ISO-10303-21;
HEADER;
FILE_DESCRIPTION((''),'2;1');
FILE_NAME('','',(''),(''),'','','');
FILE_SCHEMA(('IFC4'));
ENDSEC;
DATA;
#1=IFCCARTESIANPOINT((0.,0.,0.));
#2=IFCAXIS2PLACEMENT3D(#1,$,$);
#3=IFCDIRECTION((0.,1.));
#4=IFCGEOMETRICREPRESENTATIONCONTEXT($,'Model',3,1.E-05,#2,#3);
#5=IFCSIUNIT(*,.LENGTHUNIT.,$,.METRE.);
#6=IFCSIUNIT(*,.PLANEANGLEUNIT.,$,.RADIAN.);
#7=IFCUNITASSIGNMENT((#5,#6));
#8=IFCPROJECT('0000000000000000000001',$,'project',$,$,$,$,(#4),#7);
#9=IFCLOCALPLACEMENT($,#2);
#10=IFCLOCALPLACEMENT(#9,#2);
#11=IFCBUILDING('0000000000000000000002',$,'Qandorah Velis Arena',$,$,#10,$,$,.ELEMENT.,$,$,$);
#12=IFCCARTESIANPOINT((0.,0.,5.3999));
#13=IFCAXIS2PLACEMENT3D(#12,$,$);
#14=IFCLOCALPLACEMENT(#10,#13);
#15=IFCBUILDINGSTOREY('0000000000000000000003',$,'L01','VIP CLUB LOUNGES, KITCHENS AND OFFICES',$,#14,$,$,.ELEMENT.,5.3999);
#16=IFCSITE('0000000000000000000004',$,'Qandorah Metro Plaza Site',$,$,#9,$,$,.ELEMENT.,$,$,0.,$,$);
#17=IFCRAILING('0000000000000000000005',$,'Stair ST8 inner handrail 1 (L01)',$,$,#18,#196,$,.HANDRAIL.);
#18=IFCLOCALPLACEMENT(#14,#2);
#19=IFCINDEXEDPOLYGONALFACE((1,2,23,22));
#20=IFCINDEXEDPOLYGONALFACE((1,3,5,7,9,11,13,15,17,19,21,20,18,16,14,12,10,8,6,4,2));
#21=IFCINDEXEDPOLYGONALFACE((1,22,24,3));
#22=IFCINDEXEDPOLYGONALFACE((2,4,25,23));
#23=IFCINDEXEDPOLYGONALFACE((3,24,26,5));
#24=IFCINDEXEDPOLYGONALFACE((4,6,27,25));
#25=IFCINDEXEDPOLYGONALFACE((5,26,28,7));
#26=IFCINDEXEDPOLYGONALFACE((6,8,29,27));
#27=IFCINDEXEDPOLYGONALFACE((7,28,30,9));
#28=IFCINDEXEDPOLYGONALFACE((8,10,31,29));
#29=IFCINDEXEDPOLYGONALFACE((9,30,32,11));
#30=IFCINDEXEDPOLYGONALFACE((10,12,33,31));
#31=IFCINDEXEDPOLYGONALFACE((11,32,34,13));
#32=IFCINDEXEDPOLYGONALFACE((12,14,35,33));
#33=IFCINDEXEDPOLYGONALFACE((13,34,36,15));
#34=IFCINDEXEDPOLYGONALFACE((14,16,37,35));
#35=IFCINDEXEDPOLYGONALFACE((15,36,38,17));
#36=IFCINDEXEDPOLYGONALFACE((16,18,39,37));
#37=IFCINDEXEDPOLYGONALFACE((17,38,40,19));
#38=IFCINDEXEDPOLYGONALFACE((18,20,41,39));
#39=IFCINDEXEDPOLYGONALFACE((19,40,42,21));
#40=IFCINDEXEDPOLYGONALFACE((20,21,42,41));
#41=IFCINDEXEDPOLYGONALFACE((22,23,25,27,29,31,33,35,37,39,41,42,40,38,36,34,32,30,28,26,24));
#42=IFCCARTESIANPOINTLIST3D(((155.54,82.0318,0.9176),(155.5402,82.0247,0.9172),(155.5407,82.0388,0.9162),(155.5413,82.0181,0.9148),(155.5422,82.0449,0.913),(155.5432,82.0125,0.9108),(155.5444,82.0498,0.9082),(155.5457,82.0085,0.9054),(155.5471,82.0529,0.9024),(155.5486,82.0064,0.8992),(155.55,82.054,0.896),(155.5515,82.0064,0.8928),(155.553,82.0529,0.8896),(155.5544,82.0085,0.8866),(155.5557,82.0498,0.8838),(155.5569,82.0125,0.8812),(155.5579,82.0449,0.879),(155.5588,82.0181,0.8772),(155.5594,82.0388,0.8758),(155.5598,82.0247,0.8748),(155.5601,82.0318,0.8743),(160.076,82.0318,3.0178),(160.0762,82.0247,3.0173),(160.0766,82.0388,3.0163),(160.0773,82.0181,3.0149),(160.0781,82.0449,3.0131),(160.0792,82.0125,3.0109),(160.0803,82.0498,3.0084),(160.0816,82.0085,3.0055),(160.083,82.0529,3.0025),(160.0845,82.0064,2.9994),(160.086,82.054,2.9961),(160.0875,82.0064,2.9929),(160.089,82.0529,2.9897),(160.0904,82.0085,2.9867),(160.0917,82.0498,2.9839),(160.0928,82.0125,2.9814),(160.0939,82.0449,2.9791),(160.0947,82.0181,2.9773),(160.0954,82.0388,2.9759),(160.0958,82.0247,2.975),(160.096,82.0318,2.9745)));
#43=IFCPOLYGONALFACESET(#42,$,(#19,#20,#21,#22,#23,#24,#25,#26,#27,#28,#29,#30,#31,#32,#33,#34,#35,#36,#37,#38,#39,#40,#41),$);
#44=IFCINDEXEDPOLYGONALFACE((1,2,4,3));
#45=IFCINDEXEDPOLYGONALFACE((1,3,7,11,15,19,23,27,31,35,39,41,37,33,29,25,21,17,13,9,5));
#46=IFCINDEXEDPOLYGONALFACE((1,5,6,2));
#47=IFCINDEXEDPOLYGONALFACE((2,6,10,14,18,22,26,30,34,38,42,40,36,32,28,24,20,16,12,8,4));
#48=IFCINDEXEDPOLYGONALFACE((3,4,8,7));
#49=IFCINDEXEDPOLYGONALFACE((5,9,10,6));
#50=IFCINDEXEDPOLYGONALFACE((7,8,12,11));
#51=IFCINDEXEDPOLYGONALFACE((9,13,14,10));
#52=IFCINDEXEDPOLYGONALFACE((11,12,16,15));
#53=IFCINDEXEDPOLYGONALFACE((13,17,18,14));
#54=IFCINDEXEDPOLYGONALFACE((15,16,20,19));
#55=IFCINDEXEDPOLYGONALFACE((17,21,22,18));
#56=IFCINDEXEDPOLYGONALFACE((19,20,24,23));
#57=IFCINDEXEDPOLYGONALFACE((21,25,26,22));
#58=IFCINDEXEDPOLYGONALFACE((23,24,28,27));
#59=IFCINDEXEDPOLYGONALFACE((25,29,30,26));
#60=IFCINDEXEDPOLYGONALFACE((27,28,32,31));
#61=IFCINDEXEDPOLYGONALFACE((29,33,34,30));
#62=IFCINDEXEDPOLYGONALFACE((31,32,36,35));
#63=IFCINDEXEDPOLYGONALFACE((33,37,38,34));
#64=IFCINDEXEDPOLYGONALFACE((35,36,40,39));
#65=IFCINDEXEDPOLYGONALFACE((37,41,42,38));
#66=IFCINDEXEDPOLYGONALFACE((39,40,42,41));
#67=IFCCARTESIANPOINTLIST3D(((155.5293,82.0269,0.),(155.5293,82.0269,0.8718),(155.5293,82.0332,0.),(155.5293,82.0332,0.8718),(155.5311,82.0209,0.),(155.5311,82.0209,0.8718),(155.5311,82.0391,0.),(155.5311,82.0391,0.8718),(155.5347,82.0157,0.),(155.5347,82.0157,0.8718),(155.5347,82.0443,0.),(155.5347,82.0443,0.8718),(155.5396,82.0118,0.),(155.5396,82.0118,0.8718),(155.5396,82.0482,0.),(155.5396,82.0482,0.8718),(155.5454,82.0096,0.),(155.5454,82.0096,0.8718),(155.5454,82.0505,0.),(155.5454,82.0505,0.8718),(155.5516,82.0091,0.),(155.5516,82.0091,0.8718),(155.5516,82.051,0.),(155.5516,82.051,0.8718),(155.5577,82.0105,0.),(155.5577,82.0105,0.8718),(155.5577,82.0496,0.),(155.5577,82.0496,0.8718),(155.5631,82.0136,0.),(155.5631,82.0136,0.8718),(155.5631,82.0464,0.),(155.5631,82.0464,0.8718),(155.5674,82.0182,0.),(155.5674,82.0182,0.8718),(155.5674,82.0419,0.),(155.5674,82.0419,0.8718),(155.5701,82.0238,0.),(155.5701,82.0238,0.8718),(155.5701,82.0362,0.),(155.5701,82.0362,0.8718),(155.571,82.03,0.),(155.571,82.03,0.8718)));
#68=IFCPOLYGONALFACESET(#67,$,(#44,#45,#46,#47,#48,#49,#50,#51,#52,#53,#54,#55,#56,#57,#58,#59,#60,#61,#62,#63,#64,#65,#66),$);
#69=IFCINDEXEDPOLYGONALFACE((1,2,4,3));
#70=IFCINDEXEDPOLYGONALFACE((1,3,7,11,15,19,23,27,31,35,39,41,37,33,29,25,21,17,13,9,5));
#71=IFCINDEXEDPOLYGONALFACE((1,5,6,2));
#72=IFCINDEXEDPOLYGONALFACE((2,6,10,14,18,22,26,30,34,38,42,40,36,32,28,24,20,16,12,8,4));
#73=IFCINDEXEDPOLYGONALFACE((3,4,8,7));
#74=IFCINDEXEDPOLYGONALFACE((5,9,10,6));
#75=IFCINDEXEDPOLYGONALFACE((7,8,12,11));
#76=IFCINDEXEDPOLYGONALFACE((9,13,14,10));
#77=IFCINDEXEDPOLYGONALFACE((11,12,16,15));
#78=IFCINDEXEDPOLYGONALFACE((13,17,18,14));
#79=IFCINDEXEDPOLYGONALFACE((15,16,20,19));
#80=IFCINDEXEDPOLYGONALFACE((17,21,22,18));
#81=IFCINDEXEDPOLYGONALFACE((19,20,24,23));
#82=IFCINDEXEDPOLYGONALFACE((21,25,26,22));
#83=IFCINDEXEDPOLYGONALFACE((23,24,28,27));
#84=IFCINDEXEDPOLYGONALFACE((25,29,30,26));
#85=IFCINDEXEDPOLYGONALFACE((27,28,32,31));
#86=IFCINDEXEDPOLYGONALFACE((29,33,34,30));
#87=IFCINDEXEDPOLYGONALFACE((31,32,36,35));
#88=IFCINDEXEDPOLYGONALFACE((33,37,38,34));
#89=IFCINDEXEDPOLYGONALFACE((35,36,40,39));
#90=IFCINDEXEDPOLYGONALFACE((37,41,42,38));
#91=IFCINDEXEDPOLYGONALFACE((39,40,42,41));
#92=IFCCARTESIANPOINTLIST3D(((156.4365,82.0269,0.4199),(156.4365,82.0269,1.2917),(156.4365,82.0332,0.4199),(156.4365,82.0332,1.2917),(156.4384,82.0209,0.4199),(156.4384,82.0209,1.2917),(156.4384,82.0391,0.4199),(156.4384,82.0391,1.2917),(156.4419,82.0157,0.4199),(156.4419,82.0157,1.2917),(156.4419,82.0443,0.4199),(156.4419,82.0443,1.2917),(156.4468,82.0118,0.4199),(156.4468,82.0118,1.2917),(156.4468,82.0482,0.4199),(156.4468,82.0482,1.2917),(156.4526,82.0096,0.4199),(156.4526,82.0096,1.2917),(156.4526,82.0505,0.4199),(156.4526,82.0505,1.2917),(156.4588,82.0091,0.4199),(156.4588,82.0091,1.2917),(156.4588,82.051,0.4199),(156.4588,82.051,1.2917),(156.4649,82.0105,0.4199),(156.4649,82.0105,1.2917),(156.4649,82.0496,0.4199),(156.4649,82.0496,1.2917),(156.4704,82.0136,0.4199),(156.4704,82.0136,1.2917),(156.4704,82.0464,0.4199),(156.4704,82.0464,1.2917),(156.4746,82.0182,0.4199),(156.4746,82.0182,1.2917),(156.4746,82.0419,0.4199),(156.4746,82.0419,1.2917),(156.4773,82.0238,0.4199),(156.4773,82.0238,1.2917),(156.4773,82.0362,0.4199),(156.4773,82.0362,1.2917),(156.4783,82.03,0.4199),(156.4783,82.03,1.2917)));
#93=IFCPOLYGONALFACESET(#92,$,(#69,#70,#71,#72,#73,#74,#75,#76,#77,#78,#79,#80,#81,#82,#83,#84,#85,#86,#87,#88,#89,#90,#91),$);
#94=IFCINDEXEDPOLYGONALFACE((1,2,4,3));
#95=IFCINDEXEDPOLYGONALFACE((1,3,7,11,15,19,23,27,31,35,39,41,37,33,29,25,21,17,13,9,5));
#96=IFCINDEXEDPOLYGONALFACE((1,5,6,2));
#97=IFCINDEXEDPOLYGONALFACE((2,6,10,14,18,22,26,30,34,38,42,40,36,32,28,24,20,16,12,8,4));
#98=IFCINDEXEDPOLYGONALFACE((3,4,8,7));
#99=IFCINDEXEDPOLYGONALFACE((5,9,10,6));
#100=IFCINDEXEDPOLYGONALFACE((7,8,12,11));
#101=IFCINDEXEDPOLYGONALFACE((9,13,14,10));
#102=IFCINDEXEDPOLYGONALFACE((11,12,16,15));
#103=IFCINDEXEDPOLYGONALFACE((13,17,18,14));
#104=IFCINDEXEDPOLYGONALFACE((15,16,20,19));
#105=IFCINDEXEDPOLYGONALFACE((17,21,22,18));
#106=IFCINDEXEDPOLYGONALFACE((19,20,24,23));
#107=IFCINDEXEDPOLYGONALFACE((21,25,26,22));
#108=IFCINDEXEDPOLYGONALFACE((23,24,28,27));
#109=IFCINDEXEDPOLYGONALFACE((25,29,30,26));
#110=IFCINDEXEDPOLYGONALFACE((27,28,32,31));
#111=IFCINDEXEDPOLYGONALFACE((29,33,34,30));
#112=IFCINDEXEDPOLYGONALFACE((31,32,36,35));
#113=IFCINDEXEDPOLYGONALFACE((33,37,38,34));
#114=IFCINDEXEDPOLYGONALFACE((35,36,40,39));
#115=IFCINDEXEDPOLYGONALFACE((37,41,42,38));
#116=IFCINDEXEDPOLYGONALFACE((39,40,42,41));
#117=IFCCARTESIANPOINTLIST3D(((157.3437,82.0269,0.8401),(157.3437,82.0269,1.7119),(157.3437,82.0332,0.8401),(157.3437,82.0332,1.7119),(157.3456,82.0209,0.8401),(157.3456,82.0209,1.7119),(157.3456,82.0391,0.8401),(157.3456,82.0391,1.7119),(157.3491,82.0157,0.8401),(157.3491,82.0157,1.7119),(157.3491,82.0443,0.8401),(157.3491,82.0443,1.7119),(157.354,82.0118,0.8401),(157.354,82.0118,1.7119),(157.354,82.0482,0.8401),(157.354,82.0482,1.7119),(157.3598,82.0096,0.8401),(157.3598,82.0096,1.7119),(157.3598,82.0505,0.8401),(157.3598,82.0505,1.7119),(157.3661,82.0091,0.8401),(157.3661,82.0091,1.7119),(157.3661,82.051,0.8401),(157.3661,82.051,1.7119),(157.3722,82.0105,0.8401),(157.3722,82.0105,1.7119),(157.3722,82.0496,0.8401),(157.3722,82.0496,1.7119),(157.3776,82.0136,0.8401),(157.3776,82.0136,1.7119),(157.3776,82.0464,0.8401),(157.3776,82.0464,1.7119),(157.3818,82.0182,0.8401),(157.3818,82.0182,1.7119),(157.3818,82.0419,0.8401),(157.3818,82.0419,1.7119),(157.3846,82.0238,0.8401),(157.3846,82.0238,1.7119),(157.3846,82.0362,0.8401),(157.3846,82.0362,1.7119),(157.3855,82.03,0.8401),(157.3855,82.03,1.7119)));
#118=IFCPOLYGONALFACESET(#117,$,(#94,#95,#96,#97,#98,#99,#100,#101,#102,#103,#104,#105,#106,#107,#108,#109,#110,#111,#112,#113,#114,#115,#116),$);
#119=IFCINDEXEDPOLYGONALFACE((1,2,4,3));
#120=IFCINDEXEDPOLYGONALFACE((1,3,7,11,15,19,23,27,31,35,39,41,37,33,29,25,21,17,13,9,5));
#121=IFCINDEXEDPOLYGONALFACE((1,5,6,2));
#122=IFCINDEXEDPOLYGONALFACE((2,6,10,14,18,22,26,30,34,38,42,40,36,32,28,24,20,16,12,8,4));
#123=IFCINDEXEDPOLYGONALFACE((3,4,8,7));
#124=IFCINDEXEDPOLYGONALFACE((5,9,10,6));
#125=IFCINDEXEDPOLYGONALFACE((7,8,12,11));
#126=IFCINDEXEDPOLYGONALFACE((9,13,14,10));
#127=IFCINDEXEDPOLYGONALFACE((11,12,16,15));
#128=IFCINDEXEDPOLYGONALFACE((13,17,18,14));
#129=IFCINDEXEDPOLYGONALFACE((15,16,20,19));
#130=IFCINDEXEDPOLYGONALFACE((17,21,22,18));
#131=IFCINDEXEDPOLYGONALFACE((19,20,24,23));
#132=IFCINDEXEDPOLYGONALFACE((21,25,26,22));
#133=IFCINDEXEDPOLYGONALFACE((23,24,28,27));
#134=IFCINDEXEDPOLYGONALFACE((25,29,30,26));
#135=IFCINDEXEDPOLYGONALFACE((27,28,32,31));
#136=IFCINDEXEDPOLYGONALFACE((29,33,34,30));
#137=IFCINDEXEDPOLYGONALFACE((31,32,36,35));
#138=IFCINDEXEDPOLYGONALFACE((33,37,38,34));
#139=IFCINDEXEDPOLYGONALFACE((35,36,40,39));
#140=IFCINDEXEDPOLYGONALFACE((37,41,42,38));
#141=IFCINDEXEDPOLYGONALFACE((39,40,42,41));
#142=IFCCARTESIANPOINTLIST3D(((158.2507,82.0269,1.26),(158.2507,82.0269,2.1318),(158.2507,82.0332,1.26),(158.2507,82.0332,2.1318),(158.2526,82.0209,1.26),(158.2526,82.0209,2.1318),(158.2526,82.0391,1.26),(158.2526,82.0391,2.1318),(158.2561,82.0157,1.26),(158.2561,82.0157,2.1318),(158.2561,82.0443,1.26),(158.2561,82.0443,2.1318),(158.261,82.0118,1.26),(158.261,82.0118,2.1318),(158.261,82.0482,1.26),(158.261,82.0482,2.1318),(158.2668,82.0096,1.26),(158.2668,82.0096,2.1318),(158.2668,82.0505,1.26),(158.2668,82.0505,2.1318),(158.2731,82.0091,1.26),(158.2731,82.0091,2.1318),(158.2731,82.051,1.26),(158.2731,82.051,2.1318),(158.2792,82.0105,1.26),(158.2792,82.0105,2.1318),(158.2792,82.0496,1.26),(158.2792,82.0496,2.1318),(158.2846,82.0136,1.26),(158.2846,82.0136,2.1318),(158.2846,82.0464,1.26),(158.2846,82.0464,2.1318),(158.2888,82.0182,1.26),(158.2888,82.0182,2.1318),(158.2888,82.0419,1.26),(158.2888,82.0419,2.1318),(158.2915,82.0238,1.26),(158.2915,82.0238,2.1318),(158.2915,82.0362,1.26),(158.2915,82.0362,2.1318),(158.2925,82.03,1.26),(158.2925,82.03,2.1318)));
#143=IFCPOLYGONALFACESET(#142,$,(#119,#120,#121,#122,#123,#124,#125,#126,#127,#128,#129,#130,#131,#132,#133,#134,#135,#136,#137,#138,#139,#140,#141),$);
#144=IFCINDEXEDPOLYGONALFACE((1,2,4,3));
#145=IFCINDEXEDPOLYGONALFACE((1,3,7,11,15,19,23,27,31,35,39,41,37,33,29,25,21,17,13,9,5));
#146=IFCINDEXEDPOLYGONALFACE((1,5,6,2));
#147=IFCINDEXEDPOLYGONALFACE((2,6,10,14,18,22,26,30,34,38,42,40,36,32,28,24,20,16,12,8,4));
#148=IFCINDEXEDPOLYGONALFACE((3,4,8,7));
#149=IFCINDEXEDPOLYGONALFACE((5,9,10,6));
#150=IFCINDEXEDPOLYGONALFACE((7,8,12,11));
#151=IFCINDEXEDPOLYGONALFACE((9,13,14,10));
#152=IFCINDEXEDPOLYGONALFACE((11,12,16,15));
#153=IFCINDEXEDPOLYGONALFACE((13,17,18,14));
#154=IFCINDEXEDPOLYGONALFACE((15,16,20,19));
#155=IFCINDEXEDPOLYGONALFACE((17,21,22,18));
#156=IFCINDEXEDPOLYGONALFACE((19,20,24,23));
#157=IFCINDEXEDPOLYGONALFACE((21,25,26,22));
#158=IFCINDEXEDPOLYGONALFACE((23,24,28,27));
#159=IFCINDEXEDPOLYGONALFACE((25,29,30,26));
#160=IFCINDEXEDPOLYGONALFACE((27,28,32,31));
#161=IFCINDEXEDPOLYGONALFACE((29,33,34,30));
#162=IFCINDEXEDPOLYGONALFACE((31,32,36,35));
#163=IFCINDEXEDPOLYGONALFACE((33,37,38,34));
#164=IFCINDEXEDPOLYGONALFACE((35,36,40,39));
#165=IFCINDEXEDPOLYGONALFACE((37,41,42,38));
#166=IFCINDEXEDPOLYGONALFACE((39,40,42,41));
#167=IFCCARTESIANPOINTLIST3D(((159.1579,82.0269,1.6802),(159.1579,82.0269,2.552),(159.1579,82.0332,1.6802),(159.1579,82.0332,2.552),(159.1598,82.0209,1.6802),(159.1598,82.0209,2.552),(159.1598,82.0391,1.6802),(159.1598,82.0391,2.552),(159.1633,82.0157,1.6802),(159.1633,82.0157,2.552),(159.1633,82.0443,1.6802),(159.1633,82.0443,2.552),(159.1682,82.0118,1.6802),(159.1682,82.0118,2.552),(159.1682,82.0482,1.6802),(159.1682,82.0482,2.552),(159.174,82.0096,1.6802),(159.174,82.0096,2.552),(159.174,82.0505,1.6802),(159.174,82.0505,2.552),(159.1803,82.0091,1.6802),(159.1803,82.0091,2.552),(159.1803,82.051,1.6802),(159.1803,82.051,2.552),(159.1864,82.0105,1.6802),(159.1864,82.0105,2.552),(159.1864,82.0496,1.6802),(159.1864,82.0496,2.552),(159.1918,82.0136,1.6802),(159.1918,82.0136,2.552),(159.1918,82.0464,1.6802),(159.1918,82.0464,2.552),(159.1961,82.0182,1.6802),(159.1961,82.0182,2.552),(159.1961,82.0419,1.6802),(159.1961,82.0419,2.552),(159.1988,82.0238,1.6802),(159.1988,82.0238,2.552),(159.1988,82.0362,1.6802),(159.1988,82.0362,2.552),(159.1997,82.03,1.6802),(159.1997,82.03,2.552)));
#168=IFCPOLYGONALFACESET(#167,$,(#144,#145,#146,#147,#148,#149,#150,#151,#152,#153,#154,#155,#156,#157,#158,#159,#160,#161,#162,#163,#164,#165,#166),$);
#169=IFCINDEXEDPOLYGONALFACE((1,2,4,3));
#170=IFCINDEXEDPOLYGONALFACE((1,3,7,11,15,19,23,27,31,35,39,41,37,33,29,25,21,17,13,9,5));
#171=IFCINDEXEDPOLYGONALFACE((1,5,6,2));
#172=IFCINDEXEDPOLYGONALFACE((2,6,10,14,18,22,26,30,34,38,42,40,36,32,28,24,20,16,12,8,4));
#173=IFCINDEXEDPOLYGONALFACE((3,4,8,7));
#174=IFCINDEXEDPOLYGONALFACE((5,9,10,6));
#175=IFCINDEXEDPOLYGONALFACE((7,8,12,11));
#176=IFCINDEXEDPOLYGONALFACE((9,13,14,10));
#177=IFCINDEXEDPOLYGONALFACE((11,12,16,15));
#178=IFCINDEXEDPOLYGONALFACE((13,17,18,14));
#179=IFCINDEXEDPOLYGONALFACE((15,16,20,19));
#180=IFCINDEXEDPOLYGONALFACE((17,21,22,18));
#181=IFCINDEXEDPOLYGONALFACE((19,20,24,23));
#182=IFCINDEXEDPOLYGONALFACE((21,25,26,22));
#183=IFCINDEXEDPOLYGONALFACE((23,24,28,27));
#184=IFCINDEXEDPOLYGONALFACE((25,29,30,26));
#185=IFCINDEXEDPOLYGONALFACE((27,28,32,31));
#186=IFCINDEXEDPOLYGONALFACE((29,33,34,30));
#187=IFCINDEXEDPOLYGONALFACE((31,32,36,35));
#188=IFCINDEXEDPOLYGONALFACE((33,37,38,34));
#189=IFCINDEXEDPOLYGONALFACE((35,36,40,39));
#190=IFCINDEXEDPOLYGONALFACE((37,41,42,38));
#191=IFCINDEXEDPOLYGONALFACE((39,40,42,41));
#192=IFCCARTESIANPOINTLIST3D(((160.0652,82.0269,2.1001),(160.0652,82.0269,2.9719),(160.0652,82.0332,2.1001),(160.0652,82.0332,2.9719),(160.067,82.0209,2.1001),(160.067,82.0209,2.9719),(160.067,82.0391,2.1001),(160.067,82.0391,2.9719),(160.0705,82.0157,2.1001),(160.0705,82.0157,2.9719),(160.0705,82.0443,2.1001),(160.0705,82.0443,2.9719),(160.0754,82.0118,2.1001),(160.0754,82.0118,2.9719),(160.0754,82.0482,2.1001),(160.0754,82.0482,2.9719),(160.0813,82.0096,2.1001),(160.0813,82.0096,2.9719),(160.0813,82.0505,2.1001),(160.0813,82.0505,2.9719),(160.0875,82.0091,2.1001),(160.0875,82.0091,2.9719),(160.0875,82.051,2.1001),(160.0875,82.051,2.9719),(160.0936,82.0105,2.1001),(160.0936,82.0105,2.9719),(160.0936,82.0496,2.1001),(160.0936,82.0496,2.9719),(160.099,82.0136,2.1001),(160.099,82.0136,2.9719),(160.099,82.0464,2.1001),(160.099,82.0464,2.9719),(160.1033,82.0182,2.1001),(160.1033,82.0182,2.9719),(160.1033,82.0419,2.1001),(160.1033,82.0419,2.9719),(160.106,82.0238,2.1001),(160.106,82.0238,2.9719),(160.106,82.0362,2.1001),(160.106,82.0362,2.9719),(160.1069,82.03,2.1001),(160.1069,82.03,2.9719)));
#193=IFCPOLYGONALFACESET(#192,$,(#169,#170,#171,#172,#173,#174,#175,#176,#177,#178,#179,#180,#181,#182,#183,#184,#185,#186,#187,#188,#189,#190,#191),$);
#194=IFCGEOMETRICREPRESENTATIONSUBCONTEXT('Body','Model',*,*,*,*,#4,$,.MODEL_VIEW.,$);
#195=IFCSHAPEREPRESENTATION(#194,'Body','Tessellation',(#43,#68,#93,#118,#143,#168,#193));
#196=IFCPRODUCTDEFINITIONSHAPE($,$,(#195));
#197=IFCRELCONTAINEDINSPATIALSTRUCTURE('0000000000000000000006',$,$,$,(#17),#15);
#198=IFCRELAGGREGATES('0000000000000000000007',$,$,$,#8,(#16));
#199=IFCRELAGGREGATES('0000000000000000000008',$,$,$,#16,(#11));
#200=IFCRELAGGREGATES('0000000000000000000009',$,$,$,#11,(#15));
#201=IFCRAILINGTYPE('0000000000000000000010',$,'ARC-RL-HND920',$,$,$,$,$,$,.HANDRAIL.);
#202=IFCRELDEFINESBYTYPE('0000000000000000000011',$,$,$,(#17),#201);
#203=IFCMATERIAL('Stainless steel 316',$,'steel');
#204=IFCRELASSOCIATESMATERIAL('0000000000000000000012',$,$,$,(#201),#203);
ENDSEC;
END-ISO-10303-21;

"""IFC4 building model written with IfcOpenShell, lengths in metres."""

from ifc_helpers import new_model, si_unit, direction, frame, origin, origin_2d, place, context, subcontext, project, spatial, circle, extrude, material, type_object, element, save


model = new_model("IFC4")

# Units and contexts
model_context = context("Model", 3, precision=1e-05, world=origin(), true_north=direction((0.0, 1.0)))
body_context = subcontext(model_context, "Body", "Model", "MODEL_VIEW")
ifc_project = project(units=[si_unit("LENGTHUNIT", "METRE"), si_unit("PLANEANGLEUNIT", "RADIAN")], contexts=[model_context])

# Site, building, storey
site_placement = place(None, origin())
site = spatial("IfcSite", under=ifc_project, at=site_placement, Name="Qandorah Metro Plaza Site", CompositionType="ELEMENT", RefElevation=0.0)
building_placement = place(site_placement, origin())
building = spatial("IfcBuilding", under=site, at=building_placement, Name="Qandorah Velis Arena", CompositionType="ELEMENT")
storey_placement = place(building_placement, frame((0.0, 0.0, 5.3999)))
storey = spatial("IfcBuildingStorey", under=building, at=storey_placement, Name="L01", Description="VIP CLUB LOUNGES, KITCHENS AND OFFICES", CompositionType="ELEMENT", Elevation=5.3999)

# Railing
ifc_material_1 = material(Name="Stainless steel 316", Category="steel")
railing_type_1 = type_object("IfcRailingType", Name="ARC-RL-HND920", PredefinedType="HANDRAIL", material=ifc_material_1)
railing_1_placement = place(storey_placement, frame((155.55, 82.03, 0.0)))
element("IfcRailing", 1, at=railing_1_placement, inside=storey, type_object=railing_type_1, Name="Stair ST8 inner handrail 1 (L01)", PredefinedType="HANDRAIL", context=body_context, shape_type="SweptSolid", body=[
    extrude(circle(Radius=0.0239, at=origin_2d()), frame((0.0, 0.0, 0.896), z_axis=(0.907456, 0.0, 0.420148), x_axis=(0.0, 1.0, 0.0)), (0.0, 0.0, 1.0), 4.9985),
    extrude(circle(Radius=0.021, at=origin_2d()), origin(), (0.0, 0.0, 1.0), 0.8718),
    extrude(circle(Radius=0.021, at=origin_2d()), frame((0.9072, 0.0, 0.4199)), (0.0, 0.0, 1.0), 0.8718),
    extrude(circle(Radius=0.021, at=origin_2d()), frame((1.8145, 0.0, 0.8401)), (0.0, 0.0, 1.0), 0.8718),
    extrude(circle(Radius=0.021, at=origin_2d()), frame((2.7214, 0.0, 1.26)), (0.0, 0.0, 1.0), 0.8718),
    extrude(circle(Radius=0.021, at=origin_2d()), frame((3.6287, 0.0, 1.6802)), (0.0, 0.0, 1.0), 0.8718),
    extrude(circle(Radius=0.021, at=origin_2d()), frame((4.5359, 0.0, 2.1001)), (0.0, 0.0, 1.0), 0.8718),
])

save(model, "model.ifc")
